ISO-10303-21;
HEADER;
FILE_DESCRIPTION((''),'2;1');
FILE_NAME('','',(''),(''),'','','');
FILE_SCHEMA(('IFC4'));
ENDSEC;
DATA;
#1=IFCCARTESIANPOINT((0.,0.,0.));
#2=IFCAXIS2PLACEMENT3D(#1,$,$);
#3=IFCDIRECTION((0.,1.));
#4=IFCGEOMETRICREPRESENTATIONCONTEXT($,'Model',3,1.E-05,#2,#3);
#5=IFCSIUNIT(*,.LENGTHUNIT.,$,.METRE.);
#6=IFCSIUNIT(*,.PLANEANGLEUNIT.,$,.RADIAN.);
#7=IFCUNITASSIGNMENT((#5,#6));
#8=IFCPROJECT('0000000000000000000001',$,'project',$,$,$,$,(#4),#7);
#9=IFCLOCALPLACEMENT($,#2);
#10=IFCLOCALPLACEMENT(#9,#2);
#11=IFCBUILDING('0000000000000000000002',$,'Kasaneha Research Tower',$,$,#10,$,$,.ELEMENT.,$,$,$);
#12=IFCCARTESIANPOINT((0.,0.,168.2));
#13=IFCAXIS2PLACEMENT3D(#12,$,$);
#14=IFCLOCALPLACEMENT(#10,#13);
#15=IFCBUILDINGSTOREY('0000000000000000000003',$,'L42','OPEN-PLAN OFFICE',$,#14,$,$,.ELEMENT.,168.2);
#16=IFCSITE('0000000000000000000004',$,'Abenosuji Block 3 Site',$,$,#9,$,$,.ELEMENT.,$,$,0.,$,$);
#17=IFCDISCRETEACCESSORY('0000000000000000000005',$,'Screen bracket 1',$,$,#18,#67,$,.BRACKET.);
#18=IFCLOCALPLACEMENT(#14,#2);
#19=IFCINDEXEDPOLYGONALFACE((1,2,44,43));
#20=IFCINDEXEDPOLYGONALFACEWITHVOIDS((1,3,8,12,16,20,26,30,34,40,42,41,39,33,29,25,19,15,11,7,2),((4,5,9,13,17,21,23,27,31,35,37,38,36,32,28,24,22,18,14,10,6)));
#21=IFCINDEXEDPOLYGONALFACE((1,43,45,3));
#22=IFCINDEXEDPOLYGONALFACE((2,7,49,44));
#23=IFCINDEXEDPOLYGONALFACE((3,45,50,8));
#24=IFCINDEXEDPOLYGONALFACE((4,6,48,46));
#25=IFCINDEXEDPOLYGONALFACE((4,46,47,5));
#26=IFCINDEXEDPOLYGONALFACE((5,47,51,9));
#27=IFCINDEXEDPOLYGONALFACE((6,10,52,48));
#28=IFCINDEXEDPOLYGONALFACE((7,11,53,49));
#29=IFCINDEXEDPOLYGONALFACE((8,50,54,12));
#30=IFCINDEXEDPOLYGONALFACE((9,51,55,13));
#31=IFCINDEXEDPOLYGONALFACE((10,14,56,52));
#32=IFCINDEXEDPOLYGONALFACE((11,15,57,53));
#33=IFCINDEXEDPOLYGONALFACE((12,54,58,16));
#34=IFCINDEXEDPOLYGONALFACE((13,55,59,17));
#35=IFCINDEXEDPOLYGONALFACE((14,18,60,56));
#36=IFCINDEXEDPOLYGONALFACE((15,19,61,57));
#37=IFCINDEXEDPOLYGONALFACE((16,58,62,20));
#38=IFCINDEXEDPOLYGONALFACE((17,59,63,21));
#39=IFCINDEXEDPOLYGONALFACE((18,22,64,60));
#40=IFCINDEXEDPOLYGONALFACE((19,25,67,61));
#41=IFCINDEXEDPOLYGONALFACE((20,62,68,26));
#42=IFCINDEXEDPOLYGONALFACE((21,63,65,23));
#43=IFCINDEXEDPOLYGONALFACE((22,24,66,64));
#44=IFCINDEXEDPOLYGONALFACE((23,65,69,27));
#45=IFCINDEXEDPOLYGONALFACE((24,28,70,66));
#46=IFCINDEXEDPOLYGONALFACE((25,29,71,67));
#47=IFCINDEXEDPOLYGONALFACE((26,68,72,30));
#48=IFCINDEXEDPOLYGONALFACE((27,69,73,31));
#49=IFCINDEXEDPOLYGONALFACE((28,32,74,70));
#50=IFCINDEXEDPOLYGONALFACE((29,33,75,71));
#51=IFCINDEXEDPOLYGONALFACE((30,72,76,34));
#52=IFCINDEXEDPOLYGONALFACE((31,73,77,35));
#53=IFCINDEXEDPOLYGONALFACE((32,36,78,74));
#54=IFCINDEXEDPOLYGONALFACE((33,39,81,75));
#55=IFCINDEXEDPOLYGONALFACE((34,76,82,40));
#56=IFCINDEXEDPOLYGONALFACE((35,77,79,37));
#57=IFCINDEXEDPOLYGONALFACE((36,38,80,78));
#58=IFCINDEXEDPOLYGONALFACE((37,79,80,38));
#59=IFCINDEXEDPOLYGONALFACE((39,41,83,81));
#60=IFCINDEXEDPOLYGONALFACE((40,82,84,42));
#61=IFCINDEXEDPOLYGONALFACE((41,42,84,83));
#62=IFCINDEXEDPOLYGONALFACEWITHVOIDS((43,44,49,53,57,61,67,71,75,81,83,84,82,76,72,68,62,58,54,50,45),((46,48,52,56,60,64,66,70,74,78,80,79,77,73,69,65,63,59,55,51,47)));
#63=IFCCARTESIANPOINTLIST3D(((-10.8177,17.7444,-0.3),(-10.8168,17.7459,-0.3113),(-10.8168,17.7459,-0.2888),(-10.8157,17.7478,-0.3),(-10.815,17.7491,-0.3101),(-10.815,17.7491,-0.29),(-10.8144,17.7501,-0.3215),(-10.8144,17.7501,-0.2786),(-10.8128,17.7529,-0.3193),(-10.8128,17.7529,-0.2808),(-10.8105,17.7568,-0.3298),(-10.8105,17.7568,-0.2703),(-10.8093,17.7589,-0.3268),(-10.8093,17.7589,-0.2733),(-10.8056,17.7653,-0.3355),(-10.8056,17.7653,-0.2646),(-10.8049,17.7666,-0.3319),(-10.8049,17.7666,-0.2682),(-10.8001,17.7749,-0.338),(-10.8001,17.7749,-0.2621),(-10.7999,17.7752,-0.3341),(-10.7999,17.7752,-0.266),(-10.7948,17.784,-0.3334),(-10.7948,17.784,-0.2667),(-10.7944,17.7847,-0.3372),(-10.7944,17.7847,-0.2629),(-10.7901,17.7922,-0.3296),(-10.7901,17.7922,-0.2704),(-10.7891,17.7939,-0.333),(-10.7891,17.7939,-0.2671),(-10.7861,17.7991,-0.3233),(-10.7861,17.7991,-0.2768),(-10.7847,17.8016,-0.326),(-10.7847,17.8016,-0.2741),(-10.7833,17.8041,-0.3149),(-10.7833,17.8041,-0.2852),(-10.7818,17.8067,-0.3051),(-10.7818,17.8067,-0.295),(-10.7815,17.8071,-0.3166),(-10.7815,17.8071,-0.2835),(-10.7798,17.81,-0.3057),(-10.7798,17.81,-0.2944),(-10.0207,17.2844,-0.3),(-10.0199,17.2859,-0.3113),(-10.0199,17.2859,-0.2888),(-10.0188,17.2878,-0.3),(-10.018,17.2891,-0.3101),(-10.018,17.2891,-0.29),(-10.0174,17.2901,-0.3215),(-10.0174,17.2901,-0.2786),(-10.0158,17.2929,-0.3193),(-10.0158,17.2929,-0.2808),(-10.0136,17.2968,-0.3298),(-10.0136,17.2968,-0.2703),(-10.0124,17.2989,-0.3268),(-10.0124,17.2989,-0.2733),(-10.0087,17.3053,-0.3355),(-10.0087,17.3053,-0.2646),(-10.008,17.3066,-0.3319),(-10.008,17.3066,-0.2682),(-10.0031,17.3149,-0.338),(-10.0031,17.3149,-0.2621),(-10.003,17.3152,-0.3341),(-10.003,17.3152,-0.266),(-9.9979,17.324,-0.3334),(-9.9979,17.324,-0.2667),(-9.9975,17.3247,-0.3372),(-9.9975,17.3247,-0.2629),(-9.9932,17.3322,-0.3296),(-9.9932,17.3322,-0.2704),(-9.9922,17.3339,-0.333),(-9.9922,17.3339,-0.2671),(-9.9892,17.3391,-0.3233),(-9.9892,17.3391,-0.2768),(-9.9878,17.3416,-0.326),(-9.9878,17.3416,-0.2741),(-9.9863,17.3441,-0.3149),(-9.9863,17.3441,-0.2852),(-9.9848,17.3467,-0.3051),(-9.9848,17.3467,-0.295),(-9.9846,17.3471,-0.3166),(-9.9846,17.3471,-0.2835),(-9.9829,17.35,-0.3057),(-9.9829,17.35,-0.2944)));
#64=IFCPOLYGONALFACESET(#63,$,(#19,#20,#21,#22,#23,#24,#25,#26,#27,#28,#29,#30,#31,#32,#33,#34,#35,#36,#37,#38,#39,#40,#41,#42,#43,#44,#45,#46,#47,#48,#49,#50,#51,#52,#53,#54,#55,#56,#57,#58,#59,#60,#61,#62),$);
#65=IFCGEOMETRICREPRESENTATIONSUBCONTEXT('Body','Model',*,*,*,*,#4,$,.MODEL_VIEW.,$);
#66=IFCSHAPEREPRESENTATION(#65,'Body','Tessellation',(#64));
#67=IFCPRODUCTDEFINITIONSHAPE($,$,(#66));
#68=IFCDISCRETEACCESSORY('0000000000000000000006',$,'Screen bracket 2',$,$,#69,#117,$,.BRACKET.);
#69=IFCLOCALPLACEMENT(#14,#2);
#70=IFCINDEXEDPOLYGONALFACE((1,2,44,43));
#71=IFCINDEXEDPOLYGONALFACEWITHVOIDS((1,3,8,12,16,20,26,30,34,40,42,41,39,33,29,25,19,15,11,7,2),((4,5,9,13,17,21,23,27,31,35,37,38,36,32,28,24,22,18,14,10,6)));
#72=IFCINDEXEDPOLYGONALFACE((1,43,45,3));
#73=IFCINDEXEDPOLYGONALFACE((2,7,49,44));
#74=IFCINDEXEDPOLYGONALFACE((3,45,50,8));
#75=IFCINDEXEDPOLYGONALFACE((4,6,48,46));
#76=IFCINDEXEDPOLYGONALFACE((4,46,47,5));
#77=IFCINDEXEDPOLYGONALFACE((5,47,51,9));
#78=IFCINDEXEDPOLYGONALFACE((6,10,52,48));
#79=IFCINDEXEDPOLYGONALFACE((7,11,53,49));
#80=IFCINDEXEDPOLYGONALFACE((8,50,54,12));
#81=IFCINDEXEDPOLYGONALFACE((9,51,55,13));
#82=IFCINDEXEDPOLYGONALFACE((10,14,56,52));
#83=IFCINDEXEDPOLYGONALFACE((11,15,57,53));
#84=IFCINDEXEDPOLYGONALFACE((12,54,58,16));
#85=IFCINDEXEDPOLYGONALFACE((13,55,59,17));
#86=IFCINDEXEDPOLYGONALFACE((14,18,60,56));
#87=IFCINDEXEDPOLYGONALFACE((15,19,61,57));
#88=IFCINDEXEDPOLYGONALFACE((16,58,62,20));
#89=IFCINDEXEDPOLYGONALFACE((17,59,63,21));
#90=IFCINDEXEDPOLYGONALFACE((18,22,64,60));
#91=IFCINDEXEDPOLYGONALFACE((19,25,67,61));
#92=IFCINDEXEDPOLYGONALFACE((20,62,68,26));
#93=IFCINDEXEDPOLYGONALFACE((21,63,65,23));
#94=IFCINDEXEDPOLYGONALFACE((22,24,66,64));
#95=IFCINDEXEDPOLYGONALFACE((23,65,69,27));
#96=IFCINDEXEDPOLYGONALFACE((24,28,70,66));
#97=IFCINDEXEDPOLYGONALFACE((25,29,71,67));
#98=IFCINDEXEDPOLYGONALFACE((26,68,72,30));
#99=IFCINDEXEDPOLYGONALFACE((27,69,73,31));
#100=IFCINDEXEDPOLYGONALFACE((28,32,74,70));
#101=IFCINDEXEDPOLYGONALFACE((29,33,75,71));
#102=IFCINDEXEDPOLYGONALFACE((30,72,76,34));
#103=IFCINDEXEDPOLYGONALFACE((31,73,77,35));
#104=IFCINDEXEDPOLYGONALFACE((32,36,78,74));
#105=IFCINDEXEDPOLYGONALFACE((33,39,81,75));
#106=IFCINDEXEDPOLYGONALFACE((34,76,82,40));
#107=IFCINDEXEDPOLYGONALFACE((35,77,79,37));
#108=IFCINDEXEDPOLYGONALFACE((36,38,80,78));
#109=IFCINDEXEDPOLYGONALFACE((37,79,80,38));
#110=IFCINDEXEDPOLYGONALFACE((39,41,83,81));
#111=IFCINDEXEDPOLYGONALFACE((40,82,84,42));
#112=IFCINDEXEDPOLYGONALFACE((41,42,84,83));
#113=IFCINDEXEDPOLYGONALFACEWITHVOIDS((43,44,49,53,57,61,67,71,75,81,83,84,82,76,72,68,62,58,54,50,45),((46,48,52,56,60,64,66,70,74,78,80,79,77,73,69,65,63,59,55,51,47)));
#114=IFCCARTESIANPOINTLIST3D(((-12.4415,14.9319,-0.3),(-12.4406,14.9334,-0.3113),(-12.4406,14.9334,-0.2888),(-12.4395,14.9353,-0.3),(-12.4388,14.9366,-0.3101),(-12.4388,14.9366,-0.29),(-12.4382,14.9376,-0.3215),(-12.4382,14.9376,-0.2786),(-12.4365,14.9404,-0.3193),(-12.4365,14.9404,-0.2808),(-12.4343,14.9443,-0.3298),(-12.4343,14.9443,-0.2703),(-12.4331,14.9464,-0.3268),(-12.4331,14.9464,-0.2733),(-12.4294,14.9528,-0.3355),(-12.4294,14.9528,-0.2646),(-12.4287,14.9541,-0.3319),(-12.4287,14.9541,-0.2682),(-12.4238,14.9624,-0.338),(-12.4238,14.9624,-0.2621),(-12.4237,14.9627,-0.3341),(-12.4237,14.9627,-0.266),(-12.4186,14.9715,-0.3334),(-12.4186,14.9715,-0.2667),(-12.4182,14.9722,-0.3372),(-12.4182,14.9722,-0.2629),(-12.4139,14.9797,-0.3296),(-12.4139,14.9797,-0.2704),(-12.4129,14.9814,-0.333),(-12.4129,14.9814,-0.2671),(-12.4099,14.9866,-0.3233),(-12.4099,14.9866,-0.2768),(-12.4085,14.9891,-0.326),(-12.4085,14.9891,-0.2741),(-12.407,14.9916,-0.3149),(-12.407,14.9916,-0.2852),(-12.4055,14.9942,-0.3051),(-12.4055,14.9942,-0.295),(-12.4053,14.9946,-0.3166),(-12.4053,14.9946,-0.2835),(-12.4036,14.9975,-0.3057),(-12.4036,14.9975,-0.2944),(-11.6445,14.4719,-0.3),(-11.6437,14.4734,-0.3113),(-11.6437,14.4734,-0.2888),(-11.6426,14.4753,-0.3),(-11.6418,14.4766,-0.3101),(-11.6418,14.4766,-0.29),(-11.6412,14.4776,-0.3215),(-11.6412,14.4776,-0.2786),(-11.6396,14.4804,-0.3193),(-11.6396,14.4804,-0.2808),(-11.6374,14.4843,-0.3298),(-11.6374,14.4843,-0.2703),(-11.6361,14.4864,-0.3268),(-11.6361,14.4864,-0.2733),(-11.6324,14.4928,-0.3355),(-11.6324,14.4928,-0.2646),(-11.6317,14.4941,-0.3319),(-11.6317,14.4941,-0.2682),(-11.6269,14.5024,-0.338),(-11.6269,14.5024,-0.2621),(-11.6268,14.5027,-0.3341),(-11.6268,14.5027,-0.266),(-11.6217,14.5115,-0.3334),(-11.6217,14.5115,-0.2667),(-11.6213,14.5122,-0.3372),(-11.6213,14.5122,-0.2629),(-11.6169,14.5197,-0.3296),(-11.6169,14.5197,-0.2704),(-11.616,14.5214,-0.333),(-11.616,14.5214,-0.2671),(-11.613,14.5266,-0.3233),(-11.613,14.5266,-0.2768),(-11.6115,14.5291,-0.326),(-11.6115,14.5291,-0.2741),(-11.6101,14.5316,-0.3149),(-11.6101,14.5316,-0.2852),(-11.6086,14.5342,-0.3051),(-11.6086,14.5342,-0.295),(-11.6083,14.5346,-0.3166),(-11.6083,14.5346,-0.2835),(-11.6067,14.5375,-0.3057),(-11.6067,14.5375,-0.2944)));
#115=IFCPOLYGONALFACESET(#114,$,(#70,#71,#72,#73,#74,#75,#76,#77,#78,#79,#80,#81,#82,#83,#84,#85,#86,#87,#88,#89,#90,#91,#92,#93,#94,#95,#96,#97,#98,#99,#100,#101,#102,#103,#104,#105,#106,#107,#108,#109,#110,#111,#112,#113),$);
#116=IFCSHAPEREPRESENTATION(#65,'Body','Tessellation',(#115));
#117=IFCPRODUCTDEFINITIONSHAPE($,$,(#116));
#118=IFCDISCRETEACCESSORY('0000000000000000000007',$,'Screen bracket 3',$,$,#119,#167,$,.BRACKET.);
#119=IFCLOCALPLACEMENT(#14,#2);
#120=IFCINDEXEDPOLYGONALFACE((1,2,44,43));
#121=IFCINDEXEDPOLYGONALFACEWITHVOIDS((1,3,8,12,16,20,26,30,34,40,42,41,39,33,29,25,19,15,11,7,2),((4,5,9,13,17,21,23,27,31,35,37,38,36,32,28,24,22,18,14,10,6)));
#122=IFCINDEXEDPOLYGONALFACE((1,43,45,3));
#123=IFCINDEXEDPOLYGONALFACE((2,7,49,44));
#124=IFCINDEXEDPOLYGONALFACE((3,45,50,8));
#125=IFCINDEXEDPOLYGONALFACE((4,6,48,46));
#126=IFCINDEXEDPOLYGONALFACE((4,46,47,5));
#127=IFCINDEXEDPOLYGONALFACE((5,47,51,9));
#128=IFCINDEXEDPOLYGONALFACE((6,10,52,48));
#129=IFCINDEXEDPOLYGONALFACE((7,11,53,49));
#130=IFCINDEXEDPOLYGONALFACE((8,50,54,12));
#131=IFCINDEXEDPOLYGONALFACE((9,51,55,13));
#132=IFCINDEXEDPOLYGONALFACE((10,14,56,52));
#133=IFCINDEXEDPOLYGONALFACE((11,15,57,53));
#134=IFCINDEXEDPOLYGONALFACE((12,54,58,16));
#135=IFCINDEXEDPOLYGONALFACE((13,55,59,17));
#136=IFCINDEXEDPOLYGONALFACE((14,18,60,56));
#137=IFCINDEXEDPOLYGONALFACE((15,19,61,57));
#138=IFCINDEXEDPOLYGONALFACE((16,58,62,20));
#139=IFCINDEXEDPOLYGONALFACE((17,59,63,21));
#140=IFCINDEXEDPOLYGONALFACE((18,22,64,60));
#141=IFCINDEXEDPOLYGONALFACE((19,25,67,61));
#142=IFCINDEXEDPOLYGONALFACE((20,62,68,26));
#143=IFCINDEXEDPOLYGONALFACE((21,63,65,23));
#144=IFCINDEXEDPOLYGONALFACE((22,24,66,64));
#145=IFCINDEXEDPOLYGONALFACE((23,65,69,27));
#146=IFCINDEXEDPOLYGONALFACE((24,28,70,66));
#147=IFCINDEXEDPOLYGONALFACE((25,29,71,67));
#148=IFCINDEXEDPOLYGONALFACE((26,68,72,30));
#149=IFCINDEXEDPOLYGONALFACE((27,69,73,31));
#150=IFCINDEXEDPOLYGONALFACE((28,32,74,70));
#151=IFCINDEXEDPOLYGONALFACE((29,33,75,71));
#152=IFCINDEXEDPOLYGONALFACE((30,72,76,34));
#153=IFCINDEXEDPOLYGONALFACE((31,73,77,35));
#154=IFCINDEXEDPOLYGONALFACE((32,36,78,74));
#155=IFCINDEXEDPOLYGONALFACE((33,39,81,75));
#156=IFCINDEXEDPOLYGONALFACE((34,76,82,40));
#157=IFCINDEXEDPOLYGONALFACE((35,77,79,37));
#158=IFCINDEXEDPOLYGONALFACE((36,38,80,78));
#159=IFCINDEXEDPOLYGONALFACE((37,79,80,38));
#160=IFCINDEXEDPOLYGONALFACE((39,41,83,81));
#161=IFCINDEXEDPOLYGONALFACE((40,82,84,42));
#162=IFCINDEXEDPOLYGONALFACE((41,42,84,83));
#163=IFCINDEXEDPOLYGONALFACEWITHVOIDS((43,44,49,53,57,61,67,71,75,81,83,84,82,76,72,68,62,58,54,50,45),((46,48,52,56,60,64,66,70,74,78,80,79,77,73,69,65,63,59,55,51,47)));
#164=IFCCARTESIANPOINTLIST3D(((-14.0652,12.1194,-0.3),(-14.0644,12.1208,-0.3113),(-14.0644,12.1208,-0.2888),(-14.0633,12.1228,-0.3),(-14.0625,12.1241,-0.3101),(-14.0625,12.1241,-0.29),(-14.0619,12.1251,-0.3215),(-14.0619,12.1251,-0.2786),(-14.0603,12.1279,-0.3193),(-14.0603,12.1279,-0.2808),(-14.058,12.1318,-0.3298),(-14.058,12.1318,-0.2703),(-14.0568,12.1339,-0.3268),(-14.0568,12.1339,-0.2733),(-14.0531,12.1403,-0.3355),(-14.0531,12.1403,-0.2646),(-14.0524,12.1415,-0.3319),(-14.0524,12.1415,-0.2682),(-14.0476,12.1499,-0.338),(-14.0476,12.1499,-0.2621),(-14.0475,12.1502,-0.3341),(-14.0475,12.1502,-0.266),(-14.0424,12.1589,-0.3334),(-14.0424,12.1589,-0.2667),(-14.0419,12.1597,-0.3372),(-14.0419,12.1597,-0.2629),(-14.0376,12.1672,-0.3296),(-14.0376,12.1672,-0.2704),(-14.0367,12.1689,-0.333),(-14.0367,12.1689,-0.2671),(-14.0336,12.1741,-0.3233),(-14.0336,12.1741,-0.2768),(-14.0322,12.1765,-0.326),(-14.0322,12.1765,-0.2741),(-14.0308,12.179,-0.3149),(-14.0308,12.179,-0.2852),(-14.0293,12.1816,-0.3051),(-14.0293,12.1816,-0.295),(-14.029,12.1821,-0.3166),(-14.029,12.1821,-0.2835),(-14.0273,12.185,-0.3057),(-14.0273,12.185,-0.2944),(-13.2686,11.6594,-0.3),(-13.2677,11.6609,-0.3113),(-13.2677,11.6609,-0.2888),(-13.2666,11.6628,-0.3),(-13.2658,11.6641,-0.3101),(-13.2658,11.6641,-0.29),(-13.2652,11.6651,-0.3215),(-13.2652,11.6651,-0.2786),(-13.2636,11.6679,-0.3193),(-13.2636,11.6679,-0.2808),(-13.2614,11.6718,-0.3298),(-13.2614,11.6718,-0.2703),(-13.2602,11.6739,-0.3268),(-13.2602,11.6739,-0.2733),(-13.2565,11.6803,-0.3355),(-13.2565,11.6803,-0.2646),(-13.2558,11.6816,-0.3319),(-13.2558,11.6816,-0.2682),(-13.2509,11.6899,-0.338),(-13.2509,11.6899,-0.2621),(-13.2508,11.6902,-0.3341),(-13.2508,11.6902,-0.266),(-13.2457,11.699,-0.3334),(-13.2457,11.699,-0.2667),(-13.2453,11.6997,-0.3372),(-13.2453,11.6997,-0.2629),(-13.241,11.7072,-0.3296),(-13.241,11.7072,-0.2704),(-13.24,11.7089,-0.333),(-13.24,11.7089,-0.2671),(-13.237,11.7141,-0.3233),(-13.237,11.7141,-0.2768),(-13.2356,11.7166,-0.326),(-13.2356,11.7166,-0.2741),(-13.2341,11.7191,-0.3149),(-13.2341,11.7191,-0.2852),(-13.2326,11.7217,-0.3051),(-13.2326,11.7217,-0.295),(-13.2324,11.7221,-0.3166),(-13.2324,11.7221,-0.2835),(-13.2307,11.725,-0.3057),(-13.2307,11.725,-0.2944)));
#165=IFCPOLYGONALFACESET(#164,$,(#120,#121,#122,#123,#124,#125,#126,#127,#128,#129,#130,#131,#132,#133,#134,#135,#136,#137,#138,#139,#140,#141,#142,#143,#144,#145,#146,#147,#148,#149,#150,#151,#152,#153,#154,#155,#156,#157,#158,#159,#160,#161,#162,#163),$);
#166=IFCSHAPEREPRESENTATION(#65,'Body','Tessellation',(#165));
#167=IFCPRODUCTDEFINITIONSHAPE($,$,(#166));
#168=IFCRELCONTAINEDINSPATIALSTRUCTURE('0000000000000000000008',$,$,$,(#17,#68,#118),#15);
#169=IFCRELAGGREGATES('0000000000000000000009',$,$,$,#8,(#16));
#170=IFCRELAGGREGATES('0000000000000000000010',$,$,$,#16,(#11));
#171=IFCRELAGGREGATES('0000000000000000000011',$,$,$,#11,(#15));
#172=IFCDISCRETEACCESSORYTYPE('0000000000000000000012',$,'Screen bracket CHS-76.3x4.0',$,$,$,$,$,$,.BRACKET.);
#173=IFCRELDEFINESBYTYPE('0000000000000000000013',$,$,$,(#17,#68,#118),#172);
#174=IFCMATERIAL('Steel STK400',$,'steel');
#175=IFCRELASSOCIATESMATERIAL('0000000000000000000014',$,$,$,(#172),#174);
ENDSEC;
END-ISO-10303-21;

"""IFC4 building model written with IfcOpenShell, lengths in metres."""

from ifc_helpers import new_model, si_unit, direction, frame, origin, origin_2d, place, context, subcontext, project, spatial, hollow_circle, extrude, material, material_profile, profile_set, type_object, element, save


model = new_model("IFC4")

# Units and contexts
model_context = context("Model", 3, precision=1e-05, world=origin(), true_north=direction((0.0, 1.0)))
body_context = subcontext(model_context, "Body", "Model", "MODEL_VIEW")
ifc_project = project(units=[si_unit("LENGTHUNIT", "METRE"), si_unit("PLANEANGLEUNIT", "RADIAN")], contexts=[model_context])

# Site, building, storey
site_placement = place(None, origin())
site = spatial("IfcSite", under=ifc_project, at=site_placement, Name="Abenosuji Block 3 Site", CompositionType="ELEMENT", RefElevation=0.0)
building_placement = place(site_placement, origin())
building = spatial("IfcBuilding", under=site, at=building_placement, Name="Kasaneha Research Tower", CompositionType="ELEMENT")
storey_placement = place(building_placement, frame((0.0, 0.0, 168.2)))
storey = spatial("IfcBuildingStorey", under=building, at=storey_placement, Name="L42", Description="OPEN-PLAN OFFICE", CompositionType="ELEMENT", Elevation=168.2)

# Discrete accessories
ifc_material_1 = material(Name="Steel STK400", Category="steel")
ifc_material_profile_1 = material_profile(ifc_material_1, hollow_circle(Radius=0.0381, WallThickness=0.0039, at=origin_2d()), Name="CHS-76.3x4.0")
ifc_profile_set_1 = profile_set([ifc_material_profile_1], Name="Steel STK400")
discrete_accessory_type = type_object("IfcDiscreteAccessoryType", Name="Screen bracket CHS-76.3x4.0", PredefinedType="BRACKET", material=ifc_profile_set_1)
for number, where, z_axis, x_axis, name in (
    (1, (-10.0017, 17.3174, -0.3), (-0.86608, 0.499906, 0.0), (-0.499906, -0.86608, 0.0), "Screen bracket 1"),
    (2, (-11.6255, 14.5049, -0.3), (-0.86608, 0.499906, 0.0), (-0.499906, -0.86608, 0.0), "Screen bracket 2"),
):
    element("IfcDiscreteAccessory", number, at=place(storey_placement, frame(where, z_axis=z_axis, x_axis=x_axis)), inside=storey, type_object=discrete_accessory_type, Name=name, PredefinedType="BRACKET", context=body_context, shape_type="SweptSolid", body=[
        extrude(hollow_circle(Radius=0.0381, WallThickness=0.0039, at=origin_2d()), origin(), (0.0, 0.0, 1.0), 0.9202),
    ])
for number, where, z_axis, x_axis, name in (
    (3, (-13.2495, 11.6924, -0.3), (-0.866013, 0.500021, 0.0), (-0.500021, -0.866013, 0.0), "Screen bracket 3"),
):
    element("IfcDiscreteAccessory", number, at=place(storey_placement, frame(where, z_axis=z_axis, x_axis=x_axis)), inside=storey, type_object=discrete_accessory_type, Name=name, PredefinedType="BRACKET", context=body_context, shape_type="SweptSolid", body=[
        extrude(hollow_circle(Radius=0.0381, WallThickness=0.0039, at=origin_2d()), origin(), (0.0, 0.0, 1.0), 0.9199),
    ])

save(model, "model.ifc")
